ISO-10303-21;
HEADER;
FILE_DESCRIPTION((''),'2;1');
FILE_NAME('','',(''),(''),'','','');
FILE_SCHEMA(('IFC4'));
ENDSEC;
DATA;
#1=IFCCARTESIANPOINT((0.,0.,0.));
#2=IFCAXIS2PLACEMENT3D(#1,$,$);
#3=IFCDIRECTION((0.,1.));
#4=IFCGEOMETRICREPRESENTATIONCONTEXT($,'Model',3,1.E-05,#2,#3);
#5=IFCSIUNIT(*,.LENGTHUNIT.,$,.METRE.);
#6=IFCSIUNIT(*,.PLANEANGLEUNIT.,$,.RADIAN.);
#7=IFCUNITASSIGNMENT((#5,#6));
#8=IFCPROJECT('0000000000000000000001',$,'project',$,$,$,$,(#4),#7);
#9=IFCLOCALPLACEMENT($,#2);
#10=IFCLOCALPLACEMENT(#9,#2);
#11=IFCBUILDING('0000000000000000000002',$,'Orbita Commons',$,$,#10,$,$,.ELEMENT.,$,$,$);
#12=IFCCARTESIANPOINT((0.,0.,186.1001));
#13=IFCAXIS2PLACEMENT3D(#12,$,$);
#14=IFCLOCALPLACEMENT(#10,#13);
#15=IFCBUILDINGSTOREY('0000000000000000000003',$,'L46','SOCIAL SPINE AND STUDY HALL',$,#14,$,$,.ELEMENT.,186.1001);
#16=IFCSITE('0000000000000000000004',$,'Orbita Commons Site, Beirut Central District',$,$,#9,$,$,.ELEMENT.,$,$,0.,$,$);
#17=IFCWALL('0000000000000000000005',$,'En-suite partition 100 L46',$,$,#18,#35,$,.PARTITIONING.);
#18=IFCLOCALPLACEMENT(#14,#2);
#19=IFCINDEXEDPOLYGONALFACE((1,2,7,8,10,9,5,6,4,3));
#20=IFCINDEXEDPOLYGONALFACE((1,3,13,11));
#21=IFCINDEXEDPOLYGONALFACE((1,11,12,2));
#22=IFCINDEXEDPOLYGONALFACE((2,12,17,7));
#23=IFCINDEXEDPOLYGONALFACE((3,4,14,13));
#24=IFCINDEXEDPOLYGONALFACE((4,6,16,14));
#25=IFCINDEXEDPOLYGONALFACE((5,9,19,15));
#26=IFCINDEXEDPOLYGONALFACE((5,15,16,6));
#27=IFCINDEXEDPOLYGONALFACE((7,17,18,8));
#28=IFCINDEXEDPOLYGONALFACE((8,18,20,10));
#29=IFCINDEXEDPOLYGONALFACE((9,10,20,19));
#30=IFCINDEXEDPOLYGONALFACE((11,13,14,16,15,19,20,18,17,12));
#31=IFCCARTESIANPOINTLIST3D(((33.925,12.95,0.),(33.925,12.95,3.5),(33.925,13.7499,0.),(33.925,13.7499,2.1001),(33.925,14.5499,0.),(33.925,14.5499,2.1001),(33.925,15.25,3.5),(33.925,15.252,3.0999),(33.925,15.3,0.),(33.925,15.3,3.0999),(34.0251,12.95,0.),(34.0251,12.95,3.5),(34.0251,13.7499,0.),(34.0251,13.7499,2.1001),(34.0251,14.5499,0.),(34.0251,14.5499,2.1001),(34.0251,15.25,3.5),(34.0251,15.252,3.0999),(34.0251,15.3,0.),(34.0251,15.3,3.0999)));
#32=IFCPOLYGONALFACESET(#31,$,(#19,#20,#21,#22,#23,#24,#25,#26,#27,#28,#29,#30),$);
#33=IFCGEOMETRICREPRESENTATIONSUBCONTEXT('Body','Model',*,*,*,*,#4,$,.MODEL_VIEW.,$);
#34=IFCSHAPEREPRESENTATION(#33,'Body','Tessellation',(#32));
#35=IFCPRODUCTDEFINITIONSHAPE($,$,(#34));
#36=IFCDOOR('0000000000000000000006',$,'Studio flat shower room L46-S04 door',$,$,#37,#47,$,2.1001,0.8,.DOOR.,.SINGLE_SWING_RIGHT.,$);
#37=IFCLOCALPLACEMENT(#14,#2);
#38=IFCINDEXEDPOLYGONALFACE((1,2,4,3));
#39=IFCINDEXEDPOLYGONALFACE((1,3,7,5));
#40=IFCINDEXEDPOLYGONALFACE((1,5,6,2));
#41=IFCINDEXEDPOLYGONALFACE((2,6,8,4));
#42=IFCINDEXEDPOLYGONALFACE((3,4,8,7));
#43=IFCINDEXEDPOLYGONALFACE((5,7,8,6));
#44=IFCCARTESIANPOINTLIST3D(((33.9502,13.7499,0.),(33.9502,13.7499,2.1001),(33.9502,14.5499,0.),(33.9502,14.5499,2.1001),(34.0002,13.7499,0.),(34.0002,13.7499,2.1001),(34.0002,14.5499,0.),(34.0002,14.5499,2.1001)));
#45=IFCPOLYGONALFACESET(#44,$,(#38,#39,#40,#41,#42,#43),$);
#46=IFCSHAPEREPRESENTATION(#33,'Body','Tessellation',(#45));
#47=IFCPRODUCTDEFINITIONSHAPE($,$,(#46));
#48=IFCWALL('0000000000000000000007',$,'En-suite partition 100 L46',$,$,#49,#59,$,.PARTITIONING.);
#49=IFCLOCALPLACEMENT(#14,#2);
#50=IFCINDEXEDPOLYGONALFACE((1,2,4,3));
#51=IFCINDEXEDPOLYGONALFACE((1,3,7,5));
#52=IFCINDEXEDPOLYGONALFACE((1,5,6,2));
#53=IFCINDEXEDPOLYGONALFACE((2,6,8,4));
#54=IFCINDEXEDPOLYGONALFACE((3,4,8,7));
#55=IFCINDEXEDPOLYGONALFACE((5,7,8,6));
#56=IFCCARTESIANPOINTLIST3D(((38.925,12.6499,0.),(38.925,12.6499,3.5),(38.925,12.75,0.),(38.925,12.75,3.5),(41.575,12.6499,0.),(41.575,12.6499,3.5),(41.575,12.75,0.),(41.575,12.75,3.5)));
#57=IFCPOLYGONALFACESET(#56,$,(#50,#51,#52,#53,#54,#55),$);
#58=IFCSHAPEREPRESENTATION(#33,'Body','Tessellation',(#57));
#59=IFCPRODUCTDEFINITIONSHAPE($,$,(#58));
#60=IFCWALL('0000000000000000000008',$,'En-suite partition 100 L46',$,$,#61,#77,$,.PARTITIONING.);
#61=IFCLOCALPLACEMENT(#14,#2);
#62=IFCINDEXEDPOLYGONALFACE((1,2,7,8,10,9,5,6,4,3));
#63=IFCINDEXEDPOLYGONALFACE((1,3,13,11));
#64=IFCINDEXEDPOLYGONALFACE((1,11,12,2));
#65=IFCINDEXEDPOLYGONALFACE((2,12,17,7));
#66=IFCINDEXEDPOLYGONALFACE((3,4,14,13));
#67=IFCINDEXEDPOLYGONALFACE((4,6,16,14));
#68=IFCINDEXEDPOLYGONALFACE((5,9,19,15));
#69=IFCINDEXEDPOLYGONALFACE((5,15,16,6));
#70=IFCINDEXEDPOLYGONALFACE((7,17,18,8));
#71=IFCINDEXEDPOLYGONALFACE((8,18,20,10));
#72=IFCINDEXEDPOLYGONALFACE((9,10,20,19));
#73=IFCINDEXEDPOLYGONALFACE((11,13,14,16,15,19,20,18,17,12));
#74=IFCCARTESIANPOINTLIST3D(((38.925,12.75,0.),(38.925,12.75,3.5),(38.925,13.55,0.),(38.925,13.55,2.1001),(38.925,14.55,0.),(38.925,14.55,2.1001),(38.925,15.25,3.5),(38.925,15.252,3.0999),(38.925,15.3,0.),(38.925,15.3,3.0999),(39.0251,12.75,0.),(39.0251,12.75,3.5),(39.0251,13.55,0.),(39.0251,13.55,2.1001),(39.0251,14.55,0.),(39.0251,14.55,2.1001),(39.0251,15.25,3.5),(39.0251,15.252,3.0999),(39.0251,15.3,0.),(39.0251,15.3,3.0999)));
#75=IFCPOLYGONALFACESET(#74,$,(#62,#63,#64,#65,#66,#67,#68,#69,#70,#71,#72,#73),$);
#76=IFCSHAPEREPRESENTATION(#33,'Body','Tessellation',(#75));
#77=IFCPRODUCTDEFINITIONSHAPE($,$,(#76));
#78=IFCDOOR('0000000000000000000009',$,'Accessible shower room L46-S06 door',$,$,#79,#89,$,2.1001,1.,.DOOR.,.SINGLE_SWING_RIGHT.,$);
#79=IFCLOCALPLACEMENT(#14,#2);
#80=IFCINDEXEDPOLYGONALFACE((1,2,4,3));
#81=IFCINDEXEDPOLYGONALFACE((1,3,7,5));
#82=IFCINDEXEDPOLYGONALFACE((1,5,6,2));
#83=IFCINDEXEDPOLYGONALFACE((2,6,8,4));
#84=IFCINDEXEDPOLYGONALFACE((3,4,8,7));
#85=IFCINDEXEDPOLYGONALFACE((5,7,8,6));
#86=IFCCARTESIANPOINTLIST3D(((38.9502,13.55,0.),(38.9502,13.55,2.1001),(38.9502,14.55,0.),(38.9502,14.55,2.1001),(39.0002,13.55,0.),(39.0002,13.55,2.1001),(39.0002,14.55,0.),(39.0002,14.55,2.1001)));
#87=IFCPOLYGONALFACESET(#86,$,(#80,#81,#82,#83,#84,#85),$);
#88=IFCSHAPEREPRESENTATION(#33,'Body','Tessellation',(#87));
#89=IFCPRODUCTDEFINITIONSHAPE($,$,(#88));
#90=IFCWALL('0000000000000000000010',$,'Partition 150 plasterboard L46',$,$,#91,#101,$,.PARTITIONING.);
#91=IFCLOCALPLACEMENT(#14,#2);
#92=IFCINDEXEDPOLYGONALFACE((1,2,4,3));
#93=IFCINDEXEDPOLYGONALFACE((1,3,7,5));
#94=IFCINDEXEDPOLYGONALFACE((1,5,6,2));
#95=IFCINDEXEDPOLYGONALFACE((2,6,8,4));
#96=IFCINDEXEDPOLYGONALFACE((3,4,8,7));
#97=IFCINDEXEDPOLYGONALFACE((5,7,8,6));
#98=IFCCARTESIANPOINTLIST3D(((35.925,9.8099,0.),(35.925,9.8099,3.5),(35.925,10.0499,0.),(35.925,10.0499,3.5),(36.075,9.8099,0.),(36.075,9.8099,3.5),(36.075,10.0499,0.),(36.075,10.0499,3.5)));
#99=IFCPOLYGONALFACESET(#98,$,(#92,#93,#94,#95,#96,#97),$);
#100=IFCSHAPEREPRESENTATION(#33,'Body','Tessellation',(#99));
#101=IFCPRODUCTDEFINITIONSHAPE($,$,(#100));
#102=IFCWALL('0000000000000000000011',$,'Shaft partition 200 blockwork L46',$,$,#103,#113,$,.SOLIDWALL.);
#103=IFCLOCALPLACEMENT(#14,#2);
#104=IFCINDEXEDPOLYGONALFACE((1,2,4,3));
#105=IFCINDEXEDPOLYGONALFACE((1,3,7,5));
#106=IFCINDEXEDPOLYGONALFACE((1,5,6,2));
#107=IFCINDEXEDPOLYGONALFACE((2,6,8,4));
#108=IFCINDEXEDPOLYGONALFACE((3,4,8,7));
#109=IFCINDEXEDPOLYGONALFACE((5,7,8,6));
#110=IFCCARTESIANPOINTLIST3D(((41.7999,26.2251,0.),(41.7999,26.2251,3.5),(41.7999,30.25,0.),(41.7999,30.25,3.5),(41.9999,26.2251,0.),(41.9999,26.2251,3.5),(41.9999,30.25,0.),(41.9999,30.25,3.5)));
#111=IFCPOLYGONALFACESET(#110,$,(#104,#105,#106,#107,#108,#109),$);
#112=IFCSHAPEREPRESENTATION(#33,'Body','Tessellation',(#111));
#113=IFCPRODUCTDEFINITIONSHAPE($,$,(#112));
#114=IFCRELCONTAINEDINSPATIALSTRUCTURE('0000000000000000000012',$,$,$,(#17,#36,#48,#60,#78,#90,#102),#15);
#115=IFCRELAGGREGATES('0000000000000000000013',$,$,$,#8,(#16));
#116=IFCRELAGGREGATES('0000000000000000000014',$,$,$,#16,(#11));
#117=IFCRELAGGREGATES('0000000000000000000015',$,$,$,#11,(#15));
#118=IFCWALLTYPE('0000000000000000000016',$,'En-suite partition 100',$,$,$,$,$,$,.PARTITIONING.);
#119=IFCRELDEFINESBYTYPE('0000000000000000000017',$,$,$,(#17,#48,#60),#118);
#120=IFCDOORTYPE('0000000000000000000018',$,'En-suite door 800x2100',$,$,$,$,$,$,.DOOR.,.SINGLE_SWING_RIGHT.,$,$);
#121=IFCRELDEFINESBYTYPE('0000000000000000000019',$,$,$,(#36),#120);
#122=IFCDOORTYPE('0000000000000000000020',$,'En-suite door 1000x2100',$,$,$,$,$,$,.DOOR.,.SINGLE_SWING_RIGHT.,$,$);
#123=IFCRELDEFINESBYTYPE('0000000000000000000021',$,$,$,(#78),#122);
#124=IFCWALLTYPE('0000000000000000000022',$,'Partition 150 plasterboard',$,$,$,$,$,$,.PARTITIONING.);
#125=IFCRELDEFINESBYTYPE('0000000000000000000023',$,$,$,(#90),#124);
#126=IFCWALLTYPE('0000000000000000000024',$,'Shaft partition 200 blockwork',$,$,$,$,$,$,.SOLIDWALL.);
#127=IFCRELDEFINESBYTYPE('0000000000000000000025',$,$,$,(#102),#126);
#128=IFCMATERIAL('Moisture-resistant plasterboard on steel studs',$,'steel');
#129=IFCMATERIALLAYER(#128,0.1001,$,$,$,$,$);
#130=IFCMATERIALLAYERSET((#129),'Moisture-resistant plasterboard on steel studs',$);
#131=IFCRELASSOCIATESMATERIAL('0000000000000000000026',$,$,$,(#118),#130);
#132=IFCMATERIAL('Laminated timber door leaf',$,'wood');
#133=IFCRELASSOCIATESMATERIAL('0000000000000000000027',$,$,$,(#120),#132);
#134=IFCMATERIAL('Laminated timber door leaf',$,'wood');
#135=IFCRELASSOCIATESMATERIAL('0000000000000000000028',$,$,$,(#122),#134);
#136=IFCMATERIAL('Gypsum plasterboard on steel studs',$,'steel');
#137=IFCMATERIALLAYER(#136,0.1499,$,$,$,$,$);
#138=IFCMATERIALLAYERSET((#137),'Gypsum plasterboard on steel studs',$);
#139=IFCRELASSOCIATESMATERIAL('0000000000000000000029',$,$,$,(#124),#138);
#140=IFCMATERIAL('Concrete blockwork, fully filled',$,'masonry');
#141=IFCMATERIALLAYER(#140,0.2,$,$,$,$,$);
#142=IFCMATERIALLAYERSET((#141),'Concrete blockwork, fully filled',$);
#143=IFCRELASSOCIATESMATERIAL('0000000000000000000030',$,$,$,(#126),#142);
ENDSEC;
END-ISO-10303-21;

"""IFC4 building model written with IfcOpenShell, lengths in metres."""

from ifc_helpers import new_model, si_unit, direction, frame, frame_2d, origin, place, context, subcontext, project, spatial, polyline, rectangle, outline, extrude, material, layer, layer_set, type_object, element, fill, save


model = new_model("IFC4")

# Units and contexts
model_context = context("Model", 3, precision=1e-05, world=origin(), true_north=direction((0.0, 1.0)))
body_context = subcontext(model_context, "Body", "Model", "MODEL_VIEW")
ifc_project = project(units=[si_unit("LENGTHUNIT", "METRE"), si_unit("PLANEANGLEUNIT", "RADIAN")], contexts=[model_context])

# Site, building, storey
site_placement = place(None, origin())
site = spatial("IfcSite", under=ifc_project, at=site_placement, Name="Orbita Commons Site, Beirut Central District", CompositionType="ELEMENT", RefElevation=0.0)
building_placement = place(site_placement, origin())
building = spatial("IfcBuilding", under=site, at=building_placement, Name="Orbita Commons", CompositionType="ELEMENT")
storey_placement = place(building_placement, frame((0.0, 0.0, 186.1001)))
storey = spatial("IfcBuildingStorey", under=building, at=storey_placement, Name="L46", Description="SOCIAL SPINE AND STUDY HALL", CompositionType="ELEMENT", Elevation=186.1001)

# Wall, opening, door
ifc_material_1 = material(Name="Moisture-resistant plasterboard on steel studs", Category="steel")
ifc_layer_1 = layer(ifc_material_1, 0.1001)
ifc_layer_set_1 = layer_set([ifc_layer_1], Name="Moisture-resistant plasterboard on steel studs")
wall_type_1 = type_object("IfcWallType", Name="En-suite partition 100", PredefinedType="PARTITIONING", material=ifc_layer_set_1)
ifc_material_2 = material(Name="Laminated timber door leaf", Category="wood")
door_type_1 = type_object("IfcDoorType", Name="En-suite door 800x2100", OperationType="SINGLE_SWING_RIGHT", PredefinedType="DOOR", material=ifc_material_2)
wall_1_placement = place(storey_placement, frame((33.9751, 12.95, 0.0), z_axis=(0.0, 0.0, 1.0), x_axis=(0.0, 1.0, 0.0)))
wall_1 = element("IfcWall", 1, at=wall_1_placement, inside=storey, type_object=wall_type_1, Name="En-suite partition 100 L46", PredefinedType="PARTITIONING", context=body_context, shape_type="SweptSolid", body=[
    extrude(outline(polyline([(0.0, 0.0), (2.3501, 0.0), (2.3501, 3.0999), (2.302, 3.0999), (2.3, 3.5), (0.0, 3.5), (0.0, 0.0)])), frame((0.0, 0.05, 0.0), z_axis=(0.0, -1.0, 0.0), x_axis=(1.0, 0.0, 0.0)), (0.0, 0.0, 1.0), 0.1001),
])
opening_1_placement = place(wall_1_placement, frame((0.8, 0.0, 0.0)))
opening_1 = element("IfcOpeningElement", 2, at=opening_1_placement, cuts=wall_1, PredefinedType="OPENING", context=body_context, shape_type="SweptSolid", body=[
    extrude(rectangle(XDim=0.8, YDim=2.1001, at=frame_2d((0.3999, 1.05))), frame((0.0, 0.0601, 0.0), z_axis=(0.0, -1.0, 0.0), x_axis=(1.0, 0.0, 0.0)), (0.0, 0.0, 1.0), 0.1201),
])
door_1_placement = place(opening_1_placement, origin())
door_1 = element("IfcDoor", 3, at=door_1_placement, inside=storey, type_object=door_type_1, Name="Studio flat shower room L46-S04 door", OperationType="SINGLE_SWING_RIGHT", OverallHeight=2.1001, OverallWidth=0.8, PredefinedType="DOOR", context=body_context, shape_type="SweptSolid", body=[
    extrude(rectangle(XDim=0.8, YDim=2.1001, at=frame_2d((0.3999, 1.05))), frame((0.0, 0.0249, 0.0), z_axis=(0.0, -1.0, 0.0), x_axis=(1.0, 0.0, 0.0)), (0.0, 0.0, 1.0), 0.05),
])
fill(opening_1, door_1)

# Wall
wall_2_placement = place(storey_placement, frame((38.925, 12.7, 0.0), z_axis=(0.0, 0.0, 1.0), x_axis=(1.0, 0.0, 0.0)))
element("IfcWall", 4, at=wall_2_placement, inside=storey, type_object=wall_type_1, Name="En-suite partition 100 L46", PredefinedType="PARTITIONING", context=body_context, shape_type="SweptSolid", body=[
    extrude(rectangle(XDim=2.6499, YDim=0.1001, at=frame_2d((1.325, 0.0))), origin(), (0.0, 0.0, 1.0), 3.5),
])

# Wall, opening, door
wall_3_placement = place(storey_placement, frame((38.9751, 12.75, 0.0), z_axis=(0.0, 0.0, 1.0), x_axis=(0.0, 1.0, 0.0)))
wall_3 = element("IfcWall", 5, at=wall_3_placement, inside=storey, type_object=wall_type_1, Name="En-suite partition 100 L46", PredefinedType="PARTITIONING", context=body_context, shape_type="SweptSolid", body=[
    extrude(outline(polyline([(0.0, 0.0), (2.55, 0.0), (2.55, 3.0999), (2.502, 3.0999), (2.5, 3.5), (0.0, 3.5), (0.0, 0.0)])), frame((0.0, 0.05, 0.0), z_axis=(0.0, -1.0, 0.0), x_axis=(1.0, 0.0, 0.0)), (0.0, 0.0, 1.0), 0.1001),
])
opening_2_placement = place(wall_3_placement, frame((0.8, 0.0, 0.0)))
opening_2 = element("IfcOpeningElement", 6, at=opening_2_placement, cuts=wall_3, PredefinedType="OPENING", context=body_context, shape_type="SweptSolid", body=[
    extrude(rectangle(XDim=1.0, YDim=2.1001, at=frame_2d((0.5, 1.05))), frame((0.0, 0.0601, 0.0), z_axis=(0.0, -1.0, 0.0), x_axis=(1.0, 0.0, 0.0)), (0.0, 0.0, 1.0), 0.1201),
])
ifc_material_3 = material(Name="Laminated timber door leaf", Category="wood")
door_type_2 = type_object("IfcDoorType", Name="En-suite door 1000x2100", OperationType="SINGLE_SWING_RIGHT", PredefinedType="DOOR", material=ifc_material_3)
door_2_placement = place(opening_2_placement, origin())
door_2 = element("IfcDoor", 7, at=door_2_placement, inside=storey, type_object=door_type_2, Name="Accessible shower room L46-S06 door", OperationType="SINGLE_SWING_RIGHT", OverallHeight=2.1001, OverallWidth=1.0, PredefinedType="DOOR", context=body_context, shape_type="SweptSolid", body=[
    extrude(rectangle(XDim=1.0, YDim=2.1001, at=frame_2d((0.5, 1.05))), frame((0.0, 0.0249, 0.0), z_axis=(0.0, -1.0, 0.0), x_axis=(1.0, 0.0, 0.0)), (0.0, 0.0, 1.0), 0.05),
])
fill(opening_2, door_2)

# Walls
ifc_material_4 = material(Name="Gypsum plasterboard on steel studs", Category="steel")
ifc_layer_2 = layer(ifc_material_4, 0.1499)
ifc_layer_set_2 = layer_set([ifc_layer_2], Name="Gypsum plasterboard on steel studs")
wall_type_2 = type_object("IfcWallType", Name="Partition 150 plasterboard", PredefinedType="PARTITIONING", material=ifc_layer_set_2)
wall_4_placement = place(storey_placement, frame((36.0, 10.05, 0.0), z_axis=(0.0, 0.0, 1.0), x_axis=(0.0, -1.0, 0.0)))
element("IfcWall", 8, at=wall_4_placement, inside=storey, type_object=wall_type_2, Name="Partition 150 plasterboard L46", PredefinedType="PARTITIONING", context=body_context, shape_type="SweptSolid", body=[
    extrude(rectangle(XDim=0.24, YDim=0.1499, at=frame_2d((0.1201, 0.0))), origin(), (0.0, 0.0, 1.0), 3.5),
])
ifc_material_5 = material(Name="Concrete blockwork, fully filled", Category="masonry")
ifc_layer_3 = layer(ifc_material_5, 0.2)
ifc_layer_set_3 = layer_set([ifc_layer_3], Name="Concrete blockwork, fully filled")
wall_type_3 = type_object("IfcWallType", Name="Shaft partition 200 blockwork", PredefinedType="SOLIDWALL", material=ifc_layer_set_3)
wall_5_placement = place(storey_placement, frame((41.8999, 26.2251, 0.0), z_axis=(0.0, 0.0, 1.0), x_axis=(0.0, 1.0, 0.0)))
element("IfcWall", 9, at=wall_5_placement, inside=storey, type_object=wall_type_3, Name="Shaft partition 200 blockwork L46", PredefinedType="SOLIDWALL", context=body_context, shape_type="SweptSolid", body=[
    extrude(rectangle(XDim=4.0249, YDim=0.2, at=frame_2d((2.0125, 0.0))), origin(), (0.0, 0.0, 1.0), 3.5),
])

save(model, "model.ifc")
